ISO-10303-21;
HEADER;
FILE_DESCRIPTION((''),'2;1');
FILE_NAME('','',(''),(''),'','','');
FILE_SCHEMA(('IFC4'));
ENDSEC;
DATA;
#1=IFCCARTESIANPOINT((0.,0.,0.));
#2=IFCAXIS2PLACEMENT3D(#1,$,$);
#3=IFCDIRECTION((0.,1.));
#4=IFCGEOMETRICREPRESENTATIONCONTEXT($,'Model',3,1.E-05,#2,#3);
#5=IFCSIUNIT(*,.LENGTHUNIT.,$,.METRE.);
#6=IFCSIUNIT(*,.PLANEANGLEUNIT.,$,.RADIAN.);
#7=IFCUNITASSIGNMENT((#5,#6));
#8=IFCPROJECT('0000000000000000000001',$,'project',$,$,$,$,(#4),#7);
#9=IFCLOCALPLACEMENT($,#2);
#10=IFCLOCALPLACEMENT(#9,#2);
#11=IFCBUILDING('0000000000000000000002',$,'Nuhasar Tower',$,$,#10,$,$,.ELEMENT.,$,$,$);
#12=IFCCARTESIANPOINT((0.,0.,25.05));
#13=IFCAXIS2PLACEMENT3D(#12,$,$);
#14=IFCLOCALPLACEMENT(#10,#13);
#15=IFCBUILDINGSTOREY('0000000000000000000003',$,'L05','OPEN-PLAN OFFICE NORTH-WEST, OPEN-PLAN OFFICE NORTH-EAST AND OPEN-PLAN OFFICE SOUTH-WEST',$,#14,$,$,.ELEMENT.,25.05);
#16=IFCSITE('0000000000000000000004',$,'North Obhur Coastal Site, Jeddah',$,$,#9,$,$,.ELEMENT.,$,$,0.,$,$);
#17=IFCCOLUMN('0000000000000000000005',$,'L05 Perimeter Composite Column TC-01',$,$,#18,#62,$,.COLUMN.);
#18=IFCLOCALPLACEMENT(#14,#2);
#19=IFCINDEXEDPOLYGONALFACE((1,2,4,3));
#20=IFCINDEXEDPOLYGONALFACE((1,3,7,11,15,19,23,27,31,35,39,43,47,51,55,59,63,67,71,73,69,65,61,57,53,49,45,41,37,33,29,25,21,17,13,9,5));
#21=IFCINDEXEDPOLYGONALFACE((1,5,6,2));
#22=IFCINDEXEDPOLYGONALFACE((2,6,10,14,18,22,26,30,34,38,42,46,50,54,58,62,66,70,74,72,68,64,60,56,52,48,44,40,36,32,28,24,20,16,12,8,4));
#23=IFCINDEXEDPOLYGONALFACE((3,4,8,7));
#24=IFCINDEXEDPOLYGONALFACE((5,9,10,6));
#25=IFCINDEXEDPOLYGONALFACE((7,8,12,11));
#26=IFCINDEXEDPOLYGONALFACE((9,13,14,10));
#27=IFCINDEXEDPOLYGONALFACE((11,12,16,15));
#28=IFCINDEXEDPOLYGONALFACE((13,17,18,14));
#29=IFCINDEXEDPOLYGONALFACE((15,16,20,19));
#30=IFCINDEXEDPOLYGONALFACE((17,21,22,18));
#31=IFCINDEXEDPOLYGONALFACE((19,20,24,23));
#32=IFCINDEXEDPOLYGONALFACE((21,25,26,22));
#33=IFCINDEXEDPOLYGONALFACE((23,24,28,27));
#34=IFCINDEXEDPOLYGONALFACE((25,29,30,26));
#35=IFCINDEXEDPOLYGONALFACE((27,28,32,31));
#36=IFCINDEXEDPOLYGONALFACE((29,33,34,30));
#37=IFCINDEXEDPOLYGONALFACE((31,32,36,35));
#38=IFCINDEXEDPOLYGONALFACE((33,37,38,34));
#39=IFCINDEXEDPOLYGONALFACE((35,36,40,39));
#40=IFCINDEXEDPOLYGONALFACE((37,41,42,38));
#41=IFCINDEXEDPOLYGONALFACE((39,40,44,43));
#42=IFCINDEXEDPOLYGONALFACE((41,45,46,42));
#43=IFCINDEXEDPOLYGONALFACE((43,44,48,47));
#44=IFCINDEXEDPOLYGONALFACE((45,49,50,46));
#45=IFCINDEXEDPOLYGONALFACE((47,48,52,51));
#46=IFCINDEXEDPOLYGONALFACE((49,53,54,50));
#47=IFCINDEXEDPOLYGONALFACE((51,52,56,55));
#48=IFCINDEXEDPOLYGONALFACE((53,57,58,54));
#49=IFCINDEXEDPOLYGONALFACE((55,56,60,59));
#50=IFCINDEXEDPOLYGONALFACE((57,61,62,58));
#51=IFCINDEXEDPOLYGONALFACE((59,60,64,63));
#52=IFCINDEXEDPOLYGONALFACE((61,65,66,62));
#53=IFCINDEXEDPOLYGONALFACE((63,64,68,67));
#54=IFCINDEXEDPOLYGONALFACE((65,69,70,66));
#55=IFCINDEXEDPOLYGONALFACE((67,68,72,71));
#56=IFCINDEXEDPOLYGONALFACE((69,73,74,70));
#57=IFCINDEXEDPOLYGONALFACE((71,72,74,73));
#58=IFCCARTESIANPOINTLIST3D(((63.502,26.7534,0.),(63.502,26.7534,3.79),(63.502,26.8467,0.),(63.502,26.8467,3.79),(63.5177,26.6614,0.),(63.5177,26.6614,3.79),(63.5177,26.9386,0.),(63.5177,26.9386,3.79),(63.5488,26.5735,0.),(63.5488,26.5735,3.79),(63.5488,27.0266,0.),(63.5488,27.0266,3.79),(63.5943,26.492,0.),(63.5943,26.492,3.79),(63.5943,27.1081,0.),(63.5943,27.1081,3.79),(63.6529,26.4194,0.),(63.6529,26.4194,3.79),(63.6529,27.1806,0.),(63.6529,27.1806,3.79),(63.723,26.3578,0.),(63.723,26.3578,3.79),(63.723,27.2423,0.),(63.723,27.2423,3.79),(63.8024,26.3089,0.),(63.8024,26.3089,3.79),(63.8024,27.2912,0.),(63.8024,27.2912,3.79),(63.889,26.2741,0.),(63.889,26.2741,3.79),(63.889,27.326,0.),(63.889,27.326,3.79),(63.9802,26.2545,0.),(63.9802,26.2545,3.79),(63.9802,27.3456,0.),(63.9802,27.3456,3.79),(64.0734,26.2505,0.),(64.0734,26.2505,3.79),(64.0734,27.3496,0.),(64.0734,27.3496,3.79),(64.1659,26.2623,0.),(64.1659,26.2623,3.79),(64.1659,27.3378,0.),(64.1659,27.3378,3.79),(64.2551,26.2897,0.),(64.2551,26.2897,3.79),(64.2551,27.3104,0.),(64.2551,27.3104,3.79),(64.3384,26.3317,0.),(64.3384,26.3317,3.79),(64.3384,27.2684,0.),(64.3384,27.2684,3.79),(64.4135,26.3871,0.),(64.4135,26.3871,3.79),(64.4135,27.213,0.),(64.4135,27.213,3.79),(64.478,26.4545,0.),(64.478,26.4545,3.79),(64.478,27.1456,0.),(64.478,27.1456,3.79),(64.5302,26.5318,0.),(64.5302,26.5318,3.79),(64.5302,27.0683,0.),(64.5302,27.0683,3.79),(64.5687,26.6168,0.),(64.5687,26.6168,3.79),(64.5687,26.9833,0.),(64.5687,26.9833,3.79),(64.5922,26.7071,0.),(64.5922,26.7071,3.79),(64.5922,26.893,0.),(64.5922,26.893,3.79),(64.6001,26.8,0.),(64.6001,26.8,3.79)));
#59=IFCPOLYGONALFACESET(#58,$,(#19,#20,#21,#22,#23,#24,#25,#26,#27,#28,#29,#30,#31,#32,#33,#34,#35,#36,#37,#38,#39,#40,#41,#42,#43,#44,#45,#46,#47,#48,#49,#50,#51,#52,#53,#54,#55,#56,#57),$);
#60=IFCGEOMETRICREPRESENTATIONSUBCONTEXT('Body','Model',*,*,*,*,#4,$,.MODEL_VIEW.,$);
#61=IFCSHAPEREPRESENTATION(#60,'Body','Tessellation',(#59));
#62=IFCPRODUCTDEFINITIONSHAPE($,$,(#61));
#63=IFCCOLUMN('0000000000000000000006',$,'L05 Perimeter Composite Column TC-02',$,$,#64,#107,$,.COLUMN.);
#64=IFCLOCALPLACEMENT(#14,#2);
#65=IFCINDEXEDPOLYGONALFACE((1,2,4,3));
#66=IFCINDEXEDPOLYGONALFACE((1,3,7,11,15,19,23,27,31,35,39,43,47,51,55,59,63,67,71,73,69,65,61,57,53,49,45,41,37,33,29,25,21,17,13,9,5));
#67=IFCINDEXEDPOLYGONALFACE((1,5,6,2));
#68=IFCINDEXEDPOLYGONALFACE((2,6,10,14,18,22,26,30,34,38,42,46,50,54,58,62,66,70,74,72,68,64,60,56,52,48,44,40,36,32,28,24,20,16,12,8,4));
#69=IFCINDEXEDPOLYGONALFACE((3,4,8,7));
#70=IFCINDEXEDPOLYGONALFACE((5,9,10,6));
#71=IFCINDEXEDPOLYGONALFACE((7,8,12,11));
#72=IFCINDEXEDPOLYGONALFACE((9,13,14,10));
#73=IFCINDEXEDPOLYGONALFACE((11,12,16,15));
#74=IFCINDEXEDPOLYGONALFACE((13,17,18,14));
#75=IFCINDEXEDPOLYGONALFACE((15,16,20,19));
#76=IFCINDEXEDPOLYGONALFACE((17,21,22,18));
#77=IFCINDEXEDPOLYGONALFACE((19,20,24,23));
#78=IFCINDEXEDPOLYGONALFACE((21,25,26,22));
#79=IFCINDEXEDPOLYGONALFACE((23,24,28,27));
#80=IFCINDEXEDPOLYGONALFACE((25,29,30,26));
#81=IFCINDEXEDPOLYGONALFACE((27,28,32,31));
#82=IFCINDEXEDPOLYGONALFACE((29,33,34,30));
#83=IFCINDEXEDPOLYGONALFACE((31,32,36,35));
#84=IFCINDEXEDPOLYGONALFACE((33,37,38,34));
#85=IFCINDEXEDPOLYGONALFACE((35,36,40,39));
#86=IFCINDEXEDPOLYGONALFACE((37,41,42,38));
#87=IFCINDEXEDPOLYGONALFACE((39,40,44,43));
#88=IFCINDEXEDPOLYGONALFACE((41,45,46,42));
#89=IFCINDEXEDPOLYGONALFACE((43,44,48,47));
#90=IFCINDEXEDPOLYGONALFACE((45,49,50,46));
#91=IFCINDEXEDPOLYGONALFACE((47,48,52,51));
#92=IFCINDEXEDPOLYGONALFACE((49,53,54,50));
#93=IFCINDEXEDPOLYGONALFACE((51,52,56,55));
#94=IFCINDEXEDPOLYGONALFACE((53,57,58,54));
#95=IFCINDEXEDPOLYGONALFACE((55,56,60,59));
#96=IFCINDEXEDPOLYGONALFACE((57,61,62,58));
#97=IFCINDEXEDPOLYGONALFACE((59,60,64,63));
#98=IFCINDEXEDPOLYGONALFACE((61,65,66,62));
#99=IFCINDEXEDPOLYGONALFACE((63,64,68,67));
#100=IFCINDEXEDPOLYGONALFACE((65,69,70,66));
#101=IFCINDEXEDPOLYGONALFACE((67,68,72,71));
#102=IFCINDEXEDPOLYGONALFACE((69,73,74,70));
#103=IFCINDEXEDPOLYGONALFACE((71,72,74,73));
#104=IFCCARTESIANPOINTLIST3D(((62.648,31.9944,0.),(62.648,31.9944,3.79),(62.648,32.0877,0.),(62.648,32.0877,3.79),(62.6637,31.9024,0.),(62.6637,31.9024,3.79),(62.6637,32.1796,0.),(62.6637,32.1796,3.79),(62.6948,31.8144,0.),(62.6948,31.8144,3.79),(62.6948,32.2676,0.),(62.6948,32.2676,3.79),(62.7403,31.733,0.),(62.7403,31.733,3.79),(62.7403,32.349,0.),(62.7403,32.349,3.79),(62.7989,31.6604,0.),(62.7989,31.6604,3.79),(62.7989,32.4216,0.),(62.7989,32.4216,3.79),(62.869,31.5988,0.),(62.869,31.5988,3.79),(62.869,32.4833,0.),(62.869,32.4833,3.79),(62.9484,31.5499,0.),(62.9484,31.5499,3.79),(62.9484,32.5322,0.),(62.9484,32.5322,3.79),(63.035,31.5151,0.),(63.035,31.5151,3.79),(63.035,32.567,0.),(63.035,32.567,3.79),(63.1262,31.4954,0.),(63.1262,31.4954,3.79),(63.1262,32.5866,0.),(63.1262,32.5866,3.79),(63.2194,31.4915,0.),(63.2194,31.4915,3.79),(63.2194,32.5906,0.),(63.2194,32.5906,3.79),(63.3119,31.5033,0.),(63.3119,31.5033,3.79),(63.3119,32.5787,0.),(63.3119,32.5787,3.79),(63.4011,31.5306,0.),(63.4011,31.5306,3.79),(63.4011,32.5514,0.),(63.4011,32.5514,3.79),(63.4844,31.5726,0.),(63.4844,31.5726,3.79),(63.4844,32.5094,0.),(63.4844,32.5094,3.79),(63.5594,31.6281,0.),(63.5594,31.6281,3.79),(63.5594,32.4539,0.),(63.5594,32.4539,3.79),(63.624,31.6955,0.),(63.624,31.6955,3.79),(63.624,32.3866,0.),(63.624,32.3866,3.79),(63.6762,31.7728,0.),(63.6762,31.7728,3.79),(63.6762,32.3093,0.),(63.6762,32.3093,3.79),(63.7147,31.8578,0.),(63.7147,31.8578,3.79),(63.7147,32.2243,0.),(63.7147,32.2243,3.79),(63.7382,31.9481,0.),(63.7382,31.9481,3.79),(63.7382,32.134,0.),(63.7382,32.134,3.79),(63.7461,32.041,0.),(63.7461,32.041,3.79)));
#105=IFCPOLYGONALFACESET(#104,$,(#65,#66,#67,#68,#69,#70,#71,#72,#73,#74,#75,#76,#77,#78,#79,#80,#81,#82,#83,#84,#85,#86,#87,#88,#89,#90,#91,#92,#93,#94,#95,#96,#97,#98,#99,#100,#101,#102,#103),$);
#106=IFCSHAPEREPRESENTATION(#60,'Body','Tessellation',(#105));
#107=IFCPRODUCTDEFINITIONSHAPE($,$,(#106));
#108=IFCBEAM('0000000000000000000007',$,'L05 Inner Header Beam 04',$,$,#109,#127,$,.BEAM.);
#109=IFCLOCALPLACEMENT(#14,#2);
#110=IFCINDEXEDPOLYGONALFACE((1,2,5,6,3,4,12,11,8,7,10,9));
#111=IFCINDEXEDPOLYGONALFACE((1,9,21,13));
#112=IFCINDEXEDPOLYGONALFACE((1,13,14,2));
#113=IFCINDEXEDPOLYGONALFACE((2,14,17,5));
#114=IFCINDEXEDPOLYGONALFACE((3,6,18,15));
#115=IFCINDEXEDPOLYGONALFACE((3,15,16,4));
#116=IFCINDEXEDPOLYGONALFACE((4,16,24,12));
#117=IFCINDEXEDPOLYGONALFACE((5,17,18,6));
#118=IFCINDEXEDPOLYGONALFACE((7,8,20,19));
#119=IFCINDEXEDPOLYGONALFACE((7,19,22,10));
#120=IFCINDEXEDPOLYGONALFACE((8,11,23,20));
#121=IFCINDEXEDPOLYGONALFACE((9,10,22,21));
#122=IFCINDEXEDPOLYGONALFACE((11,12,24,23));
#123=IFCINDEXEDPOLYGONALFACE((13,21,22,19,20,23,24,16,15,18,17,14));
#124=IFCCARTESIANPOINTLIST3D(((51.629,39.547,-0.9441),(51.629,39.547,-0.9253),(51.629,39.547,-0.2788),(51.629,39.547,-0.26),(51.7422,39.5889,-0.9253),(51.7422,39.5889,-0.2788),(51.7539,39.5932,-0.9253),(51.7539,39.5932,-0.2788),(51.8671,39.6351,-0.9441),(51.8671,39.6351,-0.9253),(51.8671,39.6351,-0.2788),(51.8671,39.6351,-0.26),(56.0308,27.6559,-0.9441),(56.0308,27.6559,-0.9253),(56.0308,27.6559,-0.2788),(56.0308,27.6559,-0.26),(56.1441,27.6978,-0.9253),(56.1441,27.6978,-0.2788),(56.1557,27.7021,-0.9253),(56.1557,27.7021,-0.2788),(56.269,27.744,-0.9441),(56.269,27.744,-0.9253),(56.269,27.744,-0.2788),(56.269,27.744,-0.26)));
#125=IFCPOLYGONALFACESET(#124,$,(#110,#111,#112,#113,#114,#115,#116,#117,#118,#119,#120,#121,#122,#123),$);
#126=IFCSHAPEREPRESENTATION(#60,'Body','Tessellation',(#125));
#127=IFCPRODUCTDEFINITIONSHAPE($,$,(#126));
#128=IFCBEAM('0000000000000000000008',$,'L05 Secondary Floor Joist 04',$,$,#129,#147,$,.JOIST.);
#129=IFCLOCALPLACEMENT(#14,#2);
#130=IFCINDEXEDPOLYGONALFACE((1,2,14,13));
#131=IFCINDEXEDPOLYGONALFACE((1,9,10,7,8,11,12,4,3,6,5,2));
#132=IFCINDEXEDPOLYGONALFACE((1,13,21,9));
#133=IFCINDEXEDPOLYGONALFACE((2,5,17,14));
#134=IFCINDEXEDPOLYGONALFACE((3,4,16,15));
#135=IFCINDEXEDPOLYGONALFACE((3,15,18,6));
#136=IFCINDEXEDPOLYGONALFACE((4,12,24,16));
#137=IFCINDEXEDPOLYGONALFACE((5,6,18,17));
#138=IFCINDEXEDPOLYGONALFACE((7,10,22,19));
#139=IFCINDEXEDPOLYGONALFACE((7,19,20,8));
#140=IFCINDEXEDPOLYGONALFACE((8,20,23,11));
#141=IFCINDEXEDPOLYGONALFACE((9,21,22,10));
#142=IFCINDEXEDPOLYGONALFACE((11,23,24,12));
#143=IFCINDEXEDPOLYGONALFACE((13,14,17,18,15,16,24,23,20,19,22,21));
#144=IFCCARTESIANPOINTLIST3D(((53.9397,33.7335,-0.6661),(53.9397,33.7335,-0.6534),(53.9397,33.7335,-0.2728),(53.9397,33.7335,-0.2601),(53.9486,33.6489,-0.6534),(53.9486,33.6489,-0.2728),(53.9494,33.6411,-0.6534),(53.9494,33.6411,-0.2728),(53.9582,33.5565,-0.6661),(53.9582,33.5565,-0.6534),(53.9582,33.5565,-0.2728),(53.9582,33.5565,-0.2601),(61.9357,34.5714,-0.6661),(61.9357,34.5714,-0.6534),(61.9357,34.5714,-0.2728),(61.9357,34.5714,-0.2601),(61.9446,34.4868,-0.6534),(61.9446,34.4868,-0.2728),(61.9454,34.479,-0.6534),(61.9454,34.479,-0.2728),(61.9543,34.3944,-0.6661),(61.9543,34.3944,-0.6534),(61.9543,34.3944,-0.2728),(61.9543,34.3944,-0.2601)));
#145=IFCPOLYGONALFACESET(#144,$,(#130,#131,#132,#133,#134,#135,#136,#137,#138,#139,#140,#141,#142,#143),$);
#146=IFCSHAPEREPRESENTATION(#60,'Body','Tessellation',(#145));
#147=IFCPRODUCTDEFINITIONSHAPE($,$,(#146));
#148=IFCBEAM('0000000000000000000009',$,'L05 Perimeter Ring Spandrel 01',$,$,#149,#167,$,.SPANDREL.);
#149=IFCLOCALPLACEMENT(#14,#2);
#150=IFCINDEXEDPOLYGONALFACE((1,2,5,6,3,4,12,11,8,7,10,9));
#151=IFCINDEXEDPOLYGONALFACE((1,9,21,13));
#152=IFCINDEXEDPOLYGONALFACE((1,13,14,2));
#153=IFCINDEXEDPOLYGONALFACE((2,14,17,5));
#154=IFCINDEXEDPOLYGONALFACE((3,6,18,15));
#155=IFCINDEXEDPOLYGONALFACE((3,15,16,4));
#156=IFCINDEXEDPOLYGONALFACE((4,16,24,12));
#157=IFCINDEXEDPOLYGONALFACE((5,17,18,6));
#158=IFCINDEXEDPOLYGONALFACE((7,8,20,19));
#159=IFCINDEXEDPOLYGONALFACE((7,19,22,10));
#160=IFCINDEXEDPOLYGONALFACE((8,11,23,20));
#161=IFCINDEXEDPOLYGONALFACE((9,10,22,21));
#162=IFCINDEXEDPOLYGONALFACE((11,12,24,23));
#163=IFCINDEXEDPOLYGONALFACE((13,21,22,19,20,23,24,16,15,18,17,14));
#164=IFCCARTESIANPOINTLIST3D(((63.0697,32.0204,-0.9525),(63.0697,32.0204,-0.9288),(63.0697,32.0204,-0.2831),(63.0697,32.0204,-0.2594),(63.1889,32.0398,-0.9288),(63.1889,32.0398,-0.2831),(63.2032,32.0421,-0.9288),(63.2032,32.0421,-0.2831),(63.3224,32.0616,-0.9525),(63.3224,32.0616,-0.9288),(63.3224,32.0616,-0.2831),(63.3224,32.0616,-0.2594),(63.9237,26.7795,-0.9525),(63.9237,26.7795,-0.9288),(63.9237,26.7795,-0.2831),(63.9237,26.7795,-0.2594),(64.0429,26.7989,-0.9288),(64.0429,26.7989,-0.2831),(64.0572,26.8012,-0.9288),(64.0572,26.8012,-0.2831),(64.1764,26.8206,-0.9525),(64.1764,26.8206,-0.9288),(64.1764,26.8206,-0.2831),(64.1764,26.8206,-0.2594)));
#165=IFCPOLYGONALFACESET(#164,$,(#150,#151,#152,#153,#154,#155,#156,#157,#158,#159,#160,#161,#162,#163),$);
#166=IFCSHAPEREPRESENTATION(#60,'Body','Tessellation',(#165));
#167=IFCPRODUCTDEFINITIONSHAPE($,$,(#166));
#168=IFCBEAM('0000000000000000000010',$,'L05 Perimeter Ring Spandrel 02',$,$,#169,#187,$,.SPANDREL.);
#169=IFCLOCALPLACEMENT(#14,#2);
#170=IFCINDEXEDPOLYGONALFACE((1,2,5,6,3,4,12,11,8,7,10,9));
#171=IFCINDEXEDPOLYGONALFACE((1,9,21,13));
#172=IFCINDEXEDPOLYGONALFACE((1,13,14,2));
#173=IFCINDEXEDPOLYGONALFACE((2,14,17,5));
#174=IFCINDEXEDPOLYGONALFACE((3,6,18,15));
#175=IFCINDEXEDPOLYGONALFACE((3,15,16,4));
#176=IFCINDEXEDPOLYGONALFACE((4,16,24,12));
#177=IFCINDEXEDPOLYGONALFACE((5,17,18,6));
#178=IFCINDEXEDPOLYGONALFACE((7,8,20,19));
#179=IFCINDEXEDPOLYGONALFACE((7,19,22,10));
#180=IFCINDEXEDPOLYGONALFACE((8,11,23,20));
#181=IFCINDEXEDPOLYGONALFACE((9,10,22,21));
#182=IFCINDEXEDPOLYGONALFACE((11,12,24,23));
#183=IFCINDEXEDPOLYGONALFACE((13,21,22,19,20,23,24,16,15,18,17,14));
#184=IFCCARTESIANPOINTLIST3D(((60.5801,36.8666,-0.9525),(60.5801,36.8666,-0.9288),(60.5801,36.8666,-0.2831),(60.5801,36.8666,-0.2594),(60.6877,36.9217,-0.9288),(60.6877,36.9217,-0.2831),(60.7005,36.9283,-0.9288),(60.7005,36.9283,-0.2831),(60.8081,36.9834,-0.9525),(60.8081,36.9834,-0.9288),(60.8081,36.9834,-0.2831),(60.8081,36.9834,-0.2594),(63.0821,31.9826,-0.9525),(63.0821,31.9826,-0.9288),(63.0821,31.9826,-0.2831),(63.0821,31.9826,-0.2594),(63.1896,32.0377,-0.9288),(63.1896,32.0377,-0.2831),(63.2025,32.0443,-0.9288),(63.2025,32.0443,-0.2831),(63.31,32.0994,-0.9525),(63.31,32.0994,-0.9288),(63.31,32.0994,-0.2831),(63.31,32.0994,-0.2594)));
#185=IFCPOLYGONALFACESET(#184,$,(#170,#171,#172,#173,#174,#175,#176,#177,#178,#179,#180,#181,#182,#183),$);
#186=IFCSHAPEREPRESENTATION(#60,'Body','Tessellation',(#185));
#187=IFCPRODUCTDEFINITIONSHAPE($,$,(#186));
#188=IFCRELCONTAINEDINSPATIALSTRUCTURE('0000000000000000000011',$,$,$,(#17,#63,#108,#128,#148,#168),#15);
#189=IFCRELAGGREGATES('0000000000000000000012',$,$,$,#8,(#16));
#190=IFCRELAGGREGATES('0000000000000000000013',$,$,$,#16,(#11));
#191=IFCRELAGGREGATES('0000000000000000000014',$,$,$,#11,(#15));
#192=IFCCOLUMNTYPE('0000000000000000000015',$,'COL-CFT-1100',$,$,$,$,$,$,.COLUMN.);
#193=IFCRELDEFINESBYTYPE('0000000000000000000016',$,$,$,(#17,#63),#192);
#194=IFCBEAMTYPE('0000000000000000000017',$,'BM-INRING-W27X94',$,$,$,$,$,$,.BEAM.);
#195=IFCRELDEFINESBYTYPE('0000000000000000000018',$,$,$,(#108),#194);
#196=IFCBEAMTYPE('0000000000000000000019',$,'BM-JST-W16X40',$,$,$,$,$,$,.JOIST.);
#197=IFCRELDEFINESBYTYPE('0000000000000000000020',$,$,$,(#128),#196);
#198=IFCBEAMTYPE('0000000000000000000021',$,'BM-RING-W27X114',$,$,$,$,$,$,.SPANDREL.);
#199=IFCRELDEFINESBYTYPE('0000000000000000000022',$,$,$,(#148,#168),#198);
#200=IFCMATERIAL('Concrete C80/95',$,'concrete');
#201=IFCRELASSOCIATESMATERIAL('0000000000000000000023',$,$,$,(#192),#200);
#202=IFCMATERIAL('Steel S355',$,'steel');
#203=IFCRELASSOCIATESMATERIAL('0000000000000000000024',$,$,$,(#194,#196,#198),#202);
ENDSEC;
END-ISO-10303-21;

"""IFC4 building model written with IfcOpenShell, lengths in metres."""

from ifc_helpers import new_model, si_unit, direction, frame, origin, origin_2d, place, context, subcontext, project, spatial, circle, i_section, extrude, material, material_profile, profile_set, type_object, element, save


model = new_model("IFC4")

# Units and contexts
model_context = context("Model", 3, precision=1e-05, world=origin(), true_north=direction((0.0, 1.0)))
body_context = subcontext(model_context, "Body", "Model", "MODEL_VIEW")
ifc_project = project(units=[si_unit("LENGTHUNIT", "METRE"), si_unit("PLANEANGLEUNIT", "RADIAN")], contexts=[model_context])

# Site, building, storey
site_placement = place(None, origin())
site = spatial("IfcSite", under=ifc_project, at=site_placement, Name="North Obhur Coastal Site, Jeddah", CompositionType="ELEMENT", RefElevation=0.0)
building_placement = place(site_placement, origin())
building = spatial("IfcBuilding", under=site, at=building_placement, Name="Nuhasar Tower", CompositionType="ELEMENT")
storey_placement = place(building_placement, frame((0.0, 0.0, 25.05)))
storey = spatial("IfcBuildingStorey", under=building, at=storey_placement, Name="L05", Description="OPEN-PLAN OFFICE NORTH-WEST, OPEN-PLAN OFFICE NORTH-EAST AND OPEN-PLAN OFFICE SOUTH-WEST", CompositionType="ELEMENT", Elevation=25.05)

# Columns
ifc_material_1 = material(Name="Concrete C80/95", Category="concrete")
ifc_material_profile_1 = material_profile(ifc_material_1, circle(Radius=0.55, at=origin_2d()), Name="CFT1100")
ifc_profile_set_1 = profile_set([ifc_material_profile_1], Name="Concrete C80/95")
column_type = type_object("IfcColumnType", Name="COL-CFT-1100", PredefinedType="COLUMN", material=ifc_profile_set_1)
for number, where, z_axis, x_axis, name in (
    (1, (64.05, 26.8, 0.0), (0.0, 0.0, 1.0), (1.0, 0.0, 0.0), "L05 Perimeter Composite Column TC-01"),
    (2, (63.196, 32.041, 0.0), (0.0, 0.0, 1.0), (1.0, 0.0, 0.0), "L05 Perimeter Composite Column TC-02"),
):
    element("IfcColumn", number, at=place(storey_placement, frame(where, z_axis=z_axis, x_axis=x_axis)), inside=storey, type_object=column_type, Name=name, PredefinedType="COLUMN", context=body_context, shape_type="SweptSolid", body=[
        extrude(circle(Radius=0.55, at=origin_2d()), origin(), (0.0, 0.0, 1.0), 3.79),
    ])

# Beams
ifc_material_2 = material(Name="Steel S355", Category="steel")
ifc_material_profile_2 = material_profile(ifc_material_2, i_section(OverallWidth=0.2539, OverallDepth=0.6841, WebThickness=0.0125, FlangeThickness=0.0188, at=origin_2d()), Name="W27X94")
ifc_profile_set_2 = profile_set([ifc_material_profile_2], Name="Steel S355")
beam_type_1 = type_object("IfcBeamType", Name="BM-INRING-W27X94", PredefinedType="BEAM", material=ifc_profile_set_2)
beam_1_placement = place(storey_placement, frame((56.1499, 27.7, -0.6021), z_axis=(-0.347158, 0.937807, 0.0), x_axis=(-0.937807, -0.347158, 0.0)))
element("IfcBeam", 3, at=beam_1_placement, inside=storey, type_object=beam_type_1, Name="L05 Inner Header Beam 04", PredefinedType="BEAM", context=body_context, shape_type="SweptSolid", body=[
    extrude(i_section(OverallWidth=0.2539, OverallDepth=0.6841, WebThickness=0.0125, FlangeThickness=0.0188, at=origin_2d()), origin(), (0.0, 0.0, 1.0), 12.6797),
])
ifc_material_profile_3 = material_profile(ifc_material_2, i_section(OverallWidth=0.178, OverallDepth=0.406, WebThickness=0.0078, FlangeThickness=0.0127, at=origin_2d()), Name="W16X40")
ifc_profile_set_3 = profile_set([ifc_material_profile_3], Name="Steel S355")
beam_type_2 = type_object("IfcBeamType", Name="BM-JST-W16X40", PredefinedType="JOIST", material=ifc_profile_set_3)
beam_2_placement = place(storey_placement, frame((53.949, 33.645, -0.4631), z_axis=(0.994555, 0.104217, 0.0), x_axis=(-0.104217, 0.994555, 0.0)))
element("IfcBeam", 4, at=beam_2_placement, inside=storey, type_object=beam_type_2, Name="L05 Secondary Floor Joist 04", PredefinedType="JOIST", context=body_context, shape_type="SweptSolid", body=[
    extrude(i_section(OverallWidth=0.178, OverallDepth=0.406, WebThickness=0.0078, FlangeThickness=0.0127, at=origin_2d()), origin(), (0.0, 0.0, 1.0), 8.0398),
])
ifc_material_profile_4 = material_profile(ifc_material_2, i_section(OverallWidth=0.2561, OverallDepth=0.6931, WebThickness=0.0144, FlangeThickness=0.0237, at=origin_2d()), Name="W27X114")
ifc_profile_set_4 = profile_set([ifc_material_profile_4], Name="Steel S355")
beam_type_3 = type_object("IfcBeamType", Name="BM-RING-W27X114", PredefinedType="SPANDREL", material=ifc_profile_set_4)
beam_3_placement = place(storey_placement, frame((64.05, 26.8, -0.606), z_axis=(-0.160827, 0.986983, 0.0), x_axis=(-0.986983, -0.160827, 0.0)))
element("IfcBeam", 5, at=beam_3_placement, inside=storey, type_object=beam_type_3, Name="L05 Perimeter Ring Spandrel 01", PredefinedType="SPANDREL", context=body_context, shape_type="SweptSolid", body=[
    extrude(i_section(OverallWidth=0.2561, OverallDepth=0.6931, WebThickness=0.0144, FlangeThickness=0.0237, at=origin_2d()), origin(), (0.0, 0.0, 1.0), 5.3101),
])
beam_4_placement = place(storey_placement, frame((63.196, 32.041, -0.606), z_axis=(-0.45593, 0.890016, 0.0), x_axis=(-0.890016, -0.45593, 0.0)))
element("IfcBeam", 6, at=beam_4_placement, inside=storey, type_object=beam_type_3, Name="L05 Perimeter Ring Spandrel 02", PredefinedType="SPANDREL", context=body_context, shape_type="SweptSolid", body=[
    extrude(i_section(OverallWidth=0.2561, OverallDepth=0.6931, WebThickness=0.0144, FlangeThickness=0.0237, at=origin_2d()), origin(), (0.0, 0.0, 1.0), 5.4875),
])

save(model, "model.ifc")
